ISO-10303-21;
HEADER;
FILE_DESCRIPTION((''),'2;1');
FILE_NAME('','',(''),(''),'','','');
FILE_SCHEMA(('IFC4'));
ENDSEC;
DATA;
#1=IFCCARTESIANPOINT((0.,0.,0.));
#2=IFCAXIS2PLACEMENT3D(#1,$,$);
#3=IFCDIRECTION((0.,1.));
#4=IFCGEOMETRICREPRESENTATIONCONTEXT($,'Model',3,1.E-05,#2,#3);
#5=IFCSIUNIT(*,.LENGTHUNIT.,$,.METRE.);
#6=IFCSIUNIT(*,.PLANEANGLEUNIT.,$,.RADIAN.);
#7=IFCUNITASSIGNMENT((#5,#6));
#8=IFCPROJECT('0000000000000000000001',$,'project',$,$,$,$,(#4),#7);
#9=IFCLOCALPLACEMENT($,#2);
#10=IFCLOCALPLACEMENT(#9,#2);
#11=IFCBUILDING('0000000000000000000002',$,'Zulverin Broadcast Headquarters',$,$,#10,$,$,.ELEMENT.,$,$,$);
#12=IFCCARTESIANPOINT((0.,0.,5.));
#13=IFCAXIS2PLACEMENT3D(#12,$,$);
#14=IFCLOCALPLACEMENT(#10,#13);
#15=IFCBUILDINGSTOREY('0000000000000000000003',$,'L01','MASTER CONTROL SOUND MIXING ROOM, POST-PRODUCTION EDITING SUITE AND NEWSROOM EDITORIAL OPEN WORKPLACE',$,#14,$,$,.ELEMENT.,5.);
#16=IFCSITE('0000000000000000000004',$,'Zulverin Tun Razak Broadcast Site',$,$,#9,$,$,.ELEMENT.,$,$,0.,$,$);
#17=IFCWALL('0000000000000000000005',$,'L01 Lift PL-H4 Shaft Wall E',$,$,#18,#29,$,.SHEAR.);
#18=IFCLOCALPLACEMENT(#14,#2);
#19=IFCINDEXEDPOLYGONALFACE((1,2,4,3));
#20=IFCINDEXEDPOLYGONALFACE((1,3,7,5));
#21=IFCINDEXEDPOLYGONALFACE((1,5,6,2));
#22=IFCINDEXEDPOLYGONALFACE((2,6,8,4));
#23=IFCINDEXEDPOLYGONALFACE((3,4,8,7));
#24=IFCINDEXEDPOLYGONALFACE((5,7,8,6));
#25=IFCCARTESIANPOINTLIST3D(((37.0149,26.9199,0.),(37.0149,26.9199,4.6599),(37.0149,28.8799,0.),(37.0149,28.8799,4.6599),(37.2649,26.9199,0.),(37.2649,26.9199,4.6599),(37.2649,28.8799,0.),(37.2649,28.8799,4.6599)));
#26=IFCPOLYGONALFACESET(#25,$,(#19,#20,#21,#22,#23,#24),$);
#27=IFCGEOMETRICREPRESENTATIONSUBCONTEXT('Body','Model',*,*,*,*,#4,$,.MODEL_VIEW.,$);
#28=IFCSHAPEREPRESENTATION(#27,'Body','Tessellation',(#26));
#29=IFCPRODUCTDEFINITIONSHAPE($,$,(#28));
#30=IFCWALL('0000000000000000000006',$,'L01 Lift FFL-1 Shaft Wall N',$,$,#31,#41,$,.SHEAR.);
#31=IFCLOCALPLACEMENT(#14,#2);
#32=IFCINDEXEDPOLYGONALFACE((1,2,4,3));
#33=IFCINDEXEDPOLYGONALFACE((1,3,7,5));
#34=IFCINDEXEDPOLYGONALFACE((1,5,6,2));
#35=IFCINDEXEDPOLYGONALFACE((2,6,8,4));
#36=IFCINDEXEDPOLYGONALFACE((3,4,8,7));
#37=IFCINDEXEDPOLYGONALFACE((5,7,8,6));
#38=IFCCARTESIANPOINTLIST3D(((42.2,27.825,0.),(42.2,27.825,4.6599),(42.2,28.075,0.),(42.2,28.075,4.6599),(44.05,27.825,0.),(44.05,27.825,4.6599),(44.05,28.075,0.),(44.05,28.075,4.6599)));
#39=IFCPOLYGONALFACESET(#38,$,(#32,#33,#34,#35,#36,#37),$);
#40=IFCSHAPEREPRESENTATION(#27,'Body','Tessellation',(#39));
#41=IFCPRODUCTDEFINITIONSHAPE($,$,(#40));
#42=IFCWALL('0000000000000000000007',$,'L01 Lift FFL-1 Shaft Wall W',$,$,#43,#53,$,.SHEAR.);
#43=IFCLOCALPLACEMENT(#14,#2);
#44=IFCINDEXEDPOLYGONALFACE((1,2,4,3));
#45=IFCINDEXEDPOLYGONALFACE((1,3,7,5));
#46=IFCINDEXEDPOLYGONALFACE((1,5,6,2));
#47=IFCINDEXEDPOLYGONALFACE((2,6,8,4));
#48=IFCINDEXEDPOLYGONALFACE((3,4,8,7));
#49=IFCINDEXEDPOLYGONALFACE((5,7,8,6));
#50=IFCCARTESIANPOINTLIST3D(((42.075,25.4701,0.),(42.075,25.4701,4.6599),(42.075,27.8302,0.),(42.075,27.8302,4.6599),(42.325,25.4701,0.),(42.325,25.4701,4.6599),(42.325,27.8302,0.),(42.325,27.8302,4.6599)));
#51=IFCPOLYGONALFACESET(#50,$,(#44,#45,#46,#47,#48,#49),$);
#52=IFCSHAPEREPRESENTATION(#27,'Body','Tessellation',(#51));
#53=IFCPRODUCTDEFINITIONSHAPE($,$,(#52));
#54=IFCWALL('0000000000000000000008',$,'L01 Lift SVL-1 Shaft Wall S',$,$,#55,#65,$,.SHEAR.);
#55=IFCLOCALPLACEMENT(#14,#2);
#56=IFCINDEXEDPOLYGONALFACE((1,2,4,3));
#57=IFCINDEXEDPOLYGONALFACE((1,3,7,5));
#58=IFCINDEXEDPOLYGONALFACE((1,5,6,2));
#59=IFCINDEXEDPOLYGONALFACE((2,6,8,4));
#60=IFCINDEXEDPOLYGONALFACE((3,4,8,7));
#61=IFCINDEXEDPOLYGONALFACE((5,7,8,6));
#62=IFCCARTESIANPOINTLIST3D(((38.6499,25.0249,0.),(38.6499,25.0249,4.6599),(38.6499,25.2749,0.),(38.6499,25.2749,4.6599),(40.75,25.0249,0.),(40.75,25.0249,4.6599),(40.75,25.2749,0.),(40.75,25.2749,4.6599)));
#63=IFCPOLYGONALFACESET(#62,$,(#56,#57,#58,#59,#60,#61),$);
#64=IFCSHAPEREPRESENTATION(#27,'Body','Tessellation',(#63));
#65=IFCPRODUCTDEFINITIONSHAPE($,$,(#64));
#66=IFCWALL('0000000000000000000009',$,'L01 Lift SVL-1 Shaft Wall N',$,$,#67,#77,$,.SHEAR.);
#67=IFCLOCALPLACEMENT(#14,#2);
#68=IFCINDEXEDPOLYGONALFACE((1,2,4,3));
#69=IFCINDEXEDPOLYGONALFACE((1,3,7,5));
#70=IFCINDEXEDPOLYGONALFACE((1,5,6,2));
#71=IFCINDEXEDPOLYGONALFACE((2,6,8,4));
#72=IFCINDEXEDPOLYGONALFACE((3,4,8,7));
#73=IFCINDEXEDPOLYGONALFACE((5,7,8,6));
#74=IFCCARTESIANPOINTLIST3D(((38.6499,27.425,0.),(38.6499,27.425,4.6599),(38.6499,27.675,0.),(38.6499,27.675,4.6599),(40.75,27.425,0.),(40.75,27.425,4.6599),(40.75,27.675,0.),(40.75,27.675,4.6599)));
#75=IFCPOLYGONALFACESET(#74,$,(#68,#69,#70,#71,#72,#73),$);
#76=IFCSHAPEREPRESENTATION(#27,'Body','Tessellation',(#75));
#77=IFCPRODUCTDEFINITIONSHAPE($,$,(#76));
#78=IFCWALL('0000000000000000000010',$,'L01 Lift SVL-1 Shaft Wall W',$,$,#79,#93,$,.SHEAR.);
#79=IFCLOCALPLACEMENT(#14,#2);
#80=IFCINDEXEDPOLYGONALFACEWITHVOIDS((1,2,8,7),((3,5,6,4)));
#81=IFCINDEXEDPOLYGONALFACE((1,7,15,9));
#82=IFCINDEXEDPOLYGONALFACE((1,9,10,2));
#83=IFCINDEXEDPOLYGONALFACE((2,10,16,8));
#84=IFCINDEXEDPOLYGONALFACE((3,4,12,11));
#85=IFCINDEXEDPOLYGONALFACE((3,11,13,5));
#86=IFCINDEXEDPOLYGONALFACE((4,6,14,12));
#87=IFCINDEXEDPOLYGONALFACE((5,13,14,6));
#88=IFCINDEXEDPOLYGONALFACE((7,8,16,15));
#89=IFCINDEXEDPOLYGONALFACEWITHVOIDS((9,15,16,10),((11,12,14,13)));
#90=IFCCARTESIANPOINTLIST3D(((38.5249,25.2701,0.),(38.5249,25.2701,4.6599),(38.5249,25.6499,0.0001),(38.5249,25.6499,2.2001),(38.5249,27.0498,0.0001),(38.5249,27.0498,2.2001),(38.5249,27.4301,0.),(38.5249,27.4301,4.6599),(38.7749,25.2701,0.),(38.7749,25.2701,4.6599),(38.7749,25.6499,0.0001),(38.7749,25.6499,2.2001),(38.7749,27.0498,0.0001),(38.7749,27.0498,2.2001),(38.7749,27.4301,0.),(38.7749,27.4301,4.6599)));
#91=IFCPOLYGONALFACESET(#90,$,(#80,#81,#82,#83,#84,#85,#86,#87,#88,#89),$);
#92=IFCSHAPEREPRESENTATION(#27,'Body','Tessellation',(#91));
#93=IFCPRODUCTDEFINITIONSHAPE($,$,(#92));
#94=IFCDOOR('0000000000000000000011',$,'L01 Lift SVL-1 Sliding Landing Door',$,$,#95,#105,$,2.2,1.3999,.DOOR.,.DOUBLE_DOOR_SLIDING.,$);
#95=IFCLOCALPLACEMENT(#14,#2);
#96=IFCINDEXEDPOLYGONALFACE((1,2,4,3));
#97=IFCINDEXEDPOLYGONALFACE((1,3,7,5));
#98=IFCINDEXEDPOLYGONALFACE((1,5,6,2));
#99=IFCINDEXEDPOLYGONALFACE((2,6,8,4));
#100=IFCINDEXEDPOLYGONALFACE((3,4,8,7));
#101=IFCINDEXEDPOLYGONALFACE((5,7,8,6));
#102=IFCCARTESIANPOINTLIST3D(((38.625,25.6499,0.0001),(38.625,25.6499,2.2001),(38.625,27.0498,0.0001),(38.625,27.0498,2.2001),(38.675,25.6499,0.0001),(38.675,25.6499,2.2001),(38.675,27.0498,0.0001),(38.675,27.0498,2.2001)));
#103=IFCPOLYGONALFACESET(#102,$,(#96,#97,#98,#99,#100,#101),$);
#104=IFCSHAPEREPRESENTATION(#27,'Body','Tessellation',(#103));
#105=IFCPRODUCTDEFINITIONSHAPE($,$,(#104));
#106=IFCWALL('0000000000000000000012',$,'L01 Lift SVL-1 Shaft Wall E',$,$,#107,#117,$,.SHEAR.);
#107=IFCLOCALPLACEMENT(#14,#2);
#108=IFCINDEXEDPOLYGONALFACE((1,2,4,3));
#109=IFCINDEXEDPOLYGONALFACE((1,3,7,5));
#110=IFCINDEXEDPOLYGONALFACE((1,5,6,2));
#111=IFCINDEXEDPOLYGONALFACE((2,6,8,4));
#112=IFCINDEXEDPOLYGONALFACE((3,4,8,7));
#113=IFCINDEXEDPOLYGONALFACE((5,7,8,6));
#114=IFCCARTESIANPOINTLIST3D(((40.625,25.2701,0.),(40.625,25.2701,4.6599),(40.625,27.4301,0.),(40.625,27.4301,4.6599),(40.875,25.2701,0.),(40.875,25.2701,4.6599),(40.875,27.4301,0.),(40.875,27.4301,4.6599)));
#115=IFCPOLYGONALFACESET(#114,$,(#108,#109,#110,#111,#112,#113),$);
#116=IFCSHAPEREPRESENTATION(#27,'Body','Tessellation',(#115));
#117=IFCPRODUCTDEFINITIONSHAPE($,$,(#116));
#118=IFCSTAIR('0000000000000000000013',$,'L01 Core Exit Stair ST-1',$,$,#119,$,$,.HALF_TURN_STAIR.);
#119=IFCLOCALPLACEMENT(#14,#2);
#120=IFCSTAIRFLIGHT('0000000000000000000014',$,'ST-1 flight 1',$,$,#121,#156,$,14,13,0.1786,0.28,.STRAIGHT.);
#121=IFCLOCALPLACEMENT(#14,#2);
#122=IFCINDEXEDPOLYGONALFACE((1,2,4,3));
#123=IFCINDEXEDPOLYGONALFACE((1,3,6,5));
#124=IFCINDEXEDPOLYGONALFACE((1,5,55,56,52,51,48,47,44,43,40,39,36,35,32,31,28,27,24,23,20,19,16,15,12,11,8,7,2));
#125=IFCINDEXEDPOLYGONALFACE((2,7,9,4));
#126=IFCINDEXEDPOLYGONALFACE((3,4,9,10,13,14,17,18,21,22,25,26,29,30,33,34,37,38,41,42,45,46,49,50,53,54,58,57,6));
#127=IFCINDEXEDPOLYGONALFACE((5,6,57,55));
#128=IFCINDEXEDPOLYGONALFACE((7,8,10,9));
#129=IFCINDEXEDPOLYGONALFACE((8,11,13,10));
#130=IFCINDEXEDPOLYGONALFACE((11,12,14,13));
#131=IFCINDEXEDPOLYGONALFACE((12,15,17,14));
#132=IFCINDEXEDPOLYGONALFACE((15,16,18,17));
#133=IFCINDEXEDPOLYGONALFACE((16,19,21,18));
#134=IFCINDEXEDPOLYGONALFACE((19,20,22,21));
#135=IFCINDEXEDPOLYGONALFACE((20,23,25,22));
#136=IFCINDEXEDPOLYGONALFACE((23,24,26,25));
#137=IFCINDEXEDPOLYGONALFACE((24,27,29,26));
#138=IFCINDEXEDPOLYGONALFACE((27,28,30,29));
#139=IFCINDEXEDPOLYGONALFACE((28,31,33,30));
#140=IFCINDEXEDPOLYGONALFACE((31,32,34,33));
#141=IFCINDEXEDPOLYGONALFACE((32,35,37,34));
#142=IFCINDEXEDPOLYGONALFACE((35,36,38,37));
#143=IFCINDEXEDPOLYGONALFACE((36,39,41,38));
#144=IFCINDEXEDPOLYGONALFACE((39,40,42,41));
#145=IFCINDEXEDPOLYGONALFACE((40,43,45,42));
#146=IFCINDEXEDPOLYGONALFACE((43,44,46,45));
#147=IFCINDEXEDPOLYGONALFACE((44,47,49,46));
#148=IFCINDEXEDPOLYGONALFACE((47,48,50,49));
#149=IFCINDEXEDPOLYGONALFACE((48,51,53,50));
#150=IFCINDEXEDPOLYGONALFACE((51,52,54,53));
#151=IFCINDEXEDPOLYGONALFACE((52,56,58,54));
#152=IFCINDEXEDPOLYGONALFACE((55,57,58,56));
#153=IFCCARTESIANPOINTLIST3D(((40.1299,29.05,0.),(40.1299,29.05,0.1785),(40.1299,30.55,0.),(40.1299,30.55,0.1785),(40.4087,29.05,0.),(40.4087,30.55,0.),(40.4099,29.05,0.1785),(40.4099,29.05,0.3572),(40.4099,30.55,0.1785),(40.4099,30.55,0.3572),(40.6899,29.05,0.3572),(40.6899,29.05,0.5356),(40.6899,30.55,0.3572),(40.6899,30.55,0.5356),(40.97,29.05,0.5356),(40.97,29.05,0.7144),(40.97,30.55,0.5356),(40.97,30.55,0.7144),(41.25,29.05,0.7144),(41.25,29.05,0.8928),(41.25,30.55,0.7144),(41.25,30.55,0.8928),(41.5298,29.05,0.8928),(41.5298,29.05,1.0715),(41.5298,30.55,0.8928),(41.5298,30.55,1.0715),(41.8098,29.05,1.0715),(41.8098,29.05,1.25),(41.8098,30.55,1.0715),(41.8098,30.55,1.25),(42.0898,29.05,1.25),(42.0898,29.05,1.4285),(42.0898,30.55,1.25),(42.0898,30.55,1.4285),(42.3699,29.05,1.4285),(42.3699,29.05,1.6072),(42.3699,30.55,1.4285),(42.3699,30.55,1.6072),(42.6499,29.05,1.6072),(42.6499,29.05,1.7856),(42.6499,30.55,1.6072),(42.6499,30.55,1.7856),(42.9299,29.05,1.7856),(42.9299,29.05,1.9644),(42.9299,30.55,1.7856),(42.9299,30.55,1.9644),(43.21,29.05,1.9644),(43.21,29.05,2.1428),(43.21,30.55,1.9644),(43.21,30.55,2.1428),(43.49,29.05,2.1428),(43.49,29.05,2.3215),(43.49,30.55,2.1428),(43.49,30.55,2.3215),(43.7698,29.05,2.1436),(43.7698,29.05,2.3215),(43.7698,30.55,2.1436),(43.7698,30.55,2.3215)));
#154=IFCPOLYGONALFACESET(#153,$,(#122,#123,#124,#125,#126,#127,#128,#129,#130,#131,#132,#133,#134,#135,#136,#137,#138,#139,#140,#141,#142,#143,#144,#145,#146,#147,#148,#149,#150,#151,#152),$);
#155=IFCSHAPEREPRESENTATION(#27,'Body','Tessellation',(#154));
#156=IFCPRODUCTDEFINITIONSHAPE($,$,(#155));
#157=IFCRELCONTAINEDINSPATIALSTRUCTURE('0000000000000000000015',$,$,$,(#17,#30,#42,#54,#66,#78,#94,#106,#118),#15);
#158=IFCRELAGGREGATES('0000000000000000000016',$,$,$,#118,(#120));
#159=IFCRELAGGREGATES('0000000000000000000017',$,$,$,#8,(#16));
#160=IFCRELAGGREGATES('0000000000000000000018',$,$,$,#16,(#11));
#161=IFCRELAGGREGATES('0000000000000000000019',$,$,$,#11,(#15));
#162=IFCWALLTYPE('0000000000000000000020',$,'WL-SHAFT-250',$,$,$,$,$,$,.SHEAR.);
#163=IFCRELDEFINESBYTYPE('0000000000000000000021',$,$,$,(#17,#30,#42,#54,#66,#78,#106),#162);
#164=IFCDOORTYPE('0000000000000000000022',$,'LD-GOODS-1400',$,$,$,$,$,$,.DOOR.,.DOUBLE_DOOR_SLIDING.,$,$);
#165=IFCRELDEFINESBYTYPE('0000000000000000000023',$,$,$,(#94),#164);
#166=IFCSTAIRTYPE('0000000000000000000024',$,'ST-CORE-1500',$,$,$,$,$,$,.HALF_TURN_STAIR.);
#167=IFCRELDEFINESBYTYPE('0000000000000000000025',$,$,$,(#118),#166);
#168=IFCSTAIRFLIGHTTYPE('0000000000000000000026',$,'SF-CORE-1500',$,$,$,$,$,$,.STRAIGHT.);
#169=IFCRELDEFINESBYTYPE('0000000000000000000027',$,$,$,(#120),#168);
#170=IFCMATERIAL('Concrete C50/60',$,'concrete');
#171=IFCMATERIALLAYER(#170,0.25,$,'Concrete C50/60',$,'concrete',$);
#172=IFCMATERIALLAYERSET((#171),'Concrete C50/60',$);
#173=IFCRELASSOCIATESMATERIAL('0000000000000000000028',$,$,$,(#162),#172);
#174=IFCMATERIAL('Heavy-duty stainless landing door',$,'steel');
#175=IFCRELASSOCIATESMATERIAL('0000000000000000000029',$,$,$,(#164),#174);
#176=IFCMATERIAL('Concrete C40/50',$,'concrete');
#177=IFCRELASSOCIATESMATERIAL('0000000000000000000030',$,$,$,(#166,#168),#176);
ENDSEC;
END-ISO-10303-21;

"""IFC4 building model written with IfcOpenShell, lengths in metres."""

from ifc_helpers import new_model, si_unit, direction, frame, frame_2d, origin, place, context, subcontext, project, spatial, polyline, rectangle, outline, extrude, material, layer, layer_set, type_object, element, fill, aggregate, save


model = new_model("IFC4")

# Units and contexts
model_context = context("Model", 3, precision=1e-05, world=origin(), true_north=direction((0.0, 1.0)))
body_context = subcontext(model_context, "Body", "Model", "MODEL_VIEW")
ifc_project = project(units=[si_unit("LENGTHUNIT", "METRE"), si_unit("PLANEANGLEUNIT", "RADIAN")], contexts=[model_context])

# Site, building, storey
site_placement = place(None, origin())
site = spatial("IfcSite", under=ifc_project, at=site_placement, Name="Zulverin Tun Razak Broadcast Site", CompositionType="ELEMENT", RefElevation=0.0)
building_placement = place(site_placement, origin())
building = spatial("IfcBuilding", under=site, at=building_placement, Name="Zulverin Broadcast Headquarters", CompositionType="ELEMENT")
storey_placement = place(building_placement, frame((0.0, 0.0, 5.0)))
storey = spatial("IfcBuildingStorey", under=building, at=storey_placement, Name="L01", Description="MASTER CONTROL SOUND MIXING ROOM, POST-PRODUCTION EDITING SUITE AND NEWSROOM EDITORIAL OPEN WORKPLACE", CompositionType="ELEMENT", Elevation=5.0)

# Shared definitions
ifc_material_1 = material(Name="Concrete C40/50", Category="concrete")

# Shared definitions
ifc_material_2 = material(Name="Concrete C50/60", Category="concrete")
ifc_layer_1 = layer(ifc_material_2, 0.25, Name="Concrete C50/60", Category="concrete")
ifc_layer_set_1 = layer_set([ifc_layer_1], Name="Concrete C50/60")
wall_type_1 = type_object("IfcWallType", Name="WL-SHAFT-250", PredefinedType="SHEAR", material=ifc_layer_set_1)

# Wall
wall_1_placement = place(storey_placement, frame((37.1399, 26.9199, 0.0), z_axis=(0.0, 0.0, 1.0), x_axis=(0.0, 1.0, 0.0)))
element("IfcWall", 1, at=wall_1_placement, inside=storey, type_object=wall_type_1, Name="L01 Lift PL-H4 Shaft Wall E", PredefinedType="SHEAR", context=body_context, shape_type="SweptSolid", body=[
    extrude(rectangle(XDim=1.96, YDim=0.25, at=frame_2d((0.98, 0.0))), origin(), (0.0, 0.0, 1.0), 4.6599),
])

# Walls
wall_2_placement = place(storey_placement, frame((42.2, 27.95, 0.0), z_axis=(0.0, 0.0, 1.0), x_axis=(1.0, 0.0, 0.0)))
element("IfcWall", 2, at=wall_2_placement, inside=storey, type_object=wall_type_1, Name="L01 Lift FFL-1 Shaft Wall N", PredefinedType="SHEAR", context=body_context, shape_type="SweptSolid", body=[
    extrude(rectangle(XDim=1.8501, YDim=0.25, at=frame_2d((0.925, 0.0))), origin(), (0.0, 0.0, 1.0), 4.6599),
])
wall_3_placement = place(storey_placement, frame((42.2, 25.47, 0.0), z_axis=(0.0, 0.0, 1.0), x_axis=(0.0, 1.0, 0.0)))
element("IfcWall", 3, at=wall_3_placement, inside=storey, type_object=wall_type_1, Name="L01 Lift FFL-1 Shaft Wall W", PredefinedType="SHEAR", context=body_context, shape_type="SweptSolid", body=[
    extrude(rectangle(XDim=2.3601, YDim=0.25, at=frame_2d((1.1802, 0.0))), origin(), (0.0, 0.0, 1.0), 4.6599),
])
for number, where, z_axis, x_axis, name in (
    (4, (38.6499, 25.1499, 0.0), (0.0, 0.0, 1.0), (1.0, 0.0, 0.0), "L01 Lift SVL-1 Shaft Wall S"),
    (5, (38.6499, 27.55, 0.0), (0.0, 0.0, 1.0), (1.0, 0.0, 0.0), "L01 Lift SVL-1 Shaft Wall N"),
):
    element("IfcWall", number, at=place(storey_placement, frame(where, z_axis=z_axis, x_axis=x_axis)), inside=storey, type_object=wall_type_1, Name=name, PredefinedType="SHEAR", context=body_context, shape_type="SweptSolid", body=[
        extrude(rectangle(XDim=2.1001, YDim=0.25, at=frame_2d((1.05, 0.0))), origin(), (0.0, 0.0, 1.0), 4.6599),
    ])

# Wall, opening, door
wall_4_placement = place(storey_placement, frame((38.6499, 25.27, 0.0), z_axis=(0.0, 0.0, 1.0), x_axis=(0.0, 1.0, 0.0)))
wall_4 = element("IfcWall", 6, at=wall_4_placement, inside=storey, type_object=wall_type_1, Name="L01 Lift SVL-1 Shaft Wall W", PredefinedType="SHEAR", context=body_context, shape_type="SweptSolid", body=[
    extrude(rectangle(XDim=2.1599, YDim=0.25, at=frame_2d((1.0801, 0.0))), origin(), (0.0, 0.0, 1.0), 4.6599),
])
opening_1_placement = place(wall_4_placement, frame((0.3799, 0.0, 0.0)))
opening_1 = element("IfcOpeningElement", 7, at=opening_1_placement, cuts=wall_4, PredefinedType="OPENING", context=body_context, shape_type="SweptSolid", body=[
    extrude(rectangle(XDim=1.3999, YDim=2.2, at=frame_2d((0.7, 1.1001))), frame((0.0, 0.135, 0.0), z_axis=(0.0, -1.0, 0.0), x_axis=(1.0, 0.0, 0.0)), (0.0, 0.0, 1.0), 0.27),
])
ifc_material_3 = material(Name="Heavy-duty stainless landing door", Category="steel")
door_type_1 = type_object("IfcDoorType", Name="LD-GOODS-1400", OperationType="DOUBLE_DOOR_SLIDING", PredefinedType="DOOR", material=ifc_material_3)
door_1_placement = place(opening_1_placement, origin())
door_1 = element("IfcDoor", 8, at=door_1_placement, inside=storey, type_object=door_type_1, Name="L01 Lift SVL-1 Sliding Landing Door", OperationType="DOUBLE_DOOR_SLIDING", OverallHeight=2.2, OverallWidth=1.3999, PredefinedType="DOOR", context=body_context, shape_type="SweptSolid", body=[
    extrude(rectangle(XDim=1.3999, YDim=2.2, at=frame_2d((0.7, 1.1001))), frame((0.0, 0.0249, 0.0), z_axis=(0.0, -1.0, 0.0), x_axis=(1.0, 0.0, 0.0)), (0.0, 0.0, 1.0), 0.05),
])
fill(opening_1, door_1)

# Wall
wall_5_placement = place(storey_placement, frame((40.75, 25.27, 0.0), z_axis=(0.0, 0.0, 1.0), x_axis=(0.0, 1.0, 0.0)))
element("IfcWall", 9, at=wall_5_placement, inside=storey, type_object=wall_type_1, Name="L01 Lift SVL-1 Shaft Wall E", PredefinedType="SHEAR", context=body_context, shape_type="SweptSolid", body=[
    extrude(rectangle(XDim=2.1599, YDim=0.25, at=frame_2d((1.0801, 0.0))), origin(), (0.0, 0.0, 1.0), 4.6599),
])

# Stair, stair flight
stair_type = type_object("IfcStairType", Name="ST-CORE-1500", PredefinedType="HALF_TURN_STAIR", material=ifc_material_1)
stair_placement = place(storey_placement, origin())
stair = element("IfcStair", 10, at=stair_placement, inside=storey, type_object=stair_type, Name="L01 Core Exit Stair ST-1", PredefinedType="HALF_TURN_STAIR")
stair_flight_type = type_object("IfcStairFlightType", Name="SF-CORE-1500", PredefinedType="STRAIGHT", material=ifc_material_1)
stair_flight_placement = place(storey_placement, frame((40.1299, 29.8, 0.0), z_axis=(0.0, 0.0, 1.0), x_axis=(1.0, 0.0, 0.0)))
stair_flight = element("IfcStairFlight", 11, at=stair_flight_placement, type_object=stair_flight_type, Name="ST-1 flight 1", NumberOfRisers=14, NumberOfTreads=13, PredefinedType="STRAIGHT", RiserHeight=0.1786, TreadLength=0.28, context=body_context, shape_type="SweptSolid", body=[
    extrude(outline(polyline([(0.0, 0.0), (0.0, 0.1785), (0.28, 0.1785), (0.28, 0.3572), (0.5601, 0.3572), (0.5601, 0.5356), (0.8401, 0.5356), (0.8401, 0.7144), (1.1201, 0.7144), (1.1201, 0.8928), (1.3999, 0.8928), (1.3999, 1.0715), (1.6799, 1.0715), (1.6799, 1.25), (1.96, 1.25), (1.96, 1.4285), (2.24, 1.4285), (2.24, 1.6072), (2.52, 1.6072), (2.52, 1.7856), (2.8, 1.7856), (2.8, 1.9644), (3.0801, 1.9644), (3.0801, 2.1428), (3.3601, 2.1428), (3.3601, 2.3215), (3.6399, 2.3215), (3.6399, 2.5), (3.6399, 2.1436), (0.2788, 0.0), (0.0, 0.0)])), frame((0.0, 0.75, 0.0), z_axis=(0.0, -1.0, 0.0), x_axis=(1.0, 0.0, 0.0)), (0.0, 0.0, 1.0), 1.5),
])
aggregate(stair, [stair_flight])

save(model, "model.ifc")
